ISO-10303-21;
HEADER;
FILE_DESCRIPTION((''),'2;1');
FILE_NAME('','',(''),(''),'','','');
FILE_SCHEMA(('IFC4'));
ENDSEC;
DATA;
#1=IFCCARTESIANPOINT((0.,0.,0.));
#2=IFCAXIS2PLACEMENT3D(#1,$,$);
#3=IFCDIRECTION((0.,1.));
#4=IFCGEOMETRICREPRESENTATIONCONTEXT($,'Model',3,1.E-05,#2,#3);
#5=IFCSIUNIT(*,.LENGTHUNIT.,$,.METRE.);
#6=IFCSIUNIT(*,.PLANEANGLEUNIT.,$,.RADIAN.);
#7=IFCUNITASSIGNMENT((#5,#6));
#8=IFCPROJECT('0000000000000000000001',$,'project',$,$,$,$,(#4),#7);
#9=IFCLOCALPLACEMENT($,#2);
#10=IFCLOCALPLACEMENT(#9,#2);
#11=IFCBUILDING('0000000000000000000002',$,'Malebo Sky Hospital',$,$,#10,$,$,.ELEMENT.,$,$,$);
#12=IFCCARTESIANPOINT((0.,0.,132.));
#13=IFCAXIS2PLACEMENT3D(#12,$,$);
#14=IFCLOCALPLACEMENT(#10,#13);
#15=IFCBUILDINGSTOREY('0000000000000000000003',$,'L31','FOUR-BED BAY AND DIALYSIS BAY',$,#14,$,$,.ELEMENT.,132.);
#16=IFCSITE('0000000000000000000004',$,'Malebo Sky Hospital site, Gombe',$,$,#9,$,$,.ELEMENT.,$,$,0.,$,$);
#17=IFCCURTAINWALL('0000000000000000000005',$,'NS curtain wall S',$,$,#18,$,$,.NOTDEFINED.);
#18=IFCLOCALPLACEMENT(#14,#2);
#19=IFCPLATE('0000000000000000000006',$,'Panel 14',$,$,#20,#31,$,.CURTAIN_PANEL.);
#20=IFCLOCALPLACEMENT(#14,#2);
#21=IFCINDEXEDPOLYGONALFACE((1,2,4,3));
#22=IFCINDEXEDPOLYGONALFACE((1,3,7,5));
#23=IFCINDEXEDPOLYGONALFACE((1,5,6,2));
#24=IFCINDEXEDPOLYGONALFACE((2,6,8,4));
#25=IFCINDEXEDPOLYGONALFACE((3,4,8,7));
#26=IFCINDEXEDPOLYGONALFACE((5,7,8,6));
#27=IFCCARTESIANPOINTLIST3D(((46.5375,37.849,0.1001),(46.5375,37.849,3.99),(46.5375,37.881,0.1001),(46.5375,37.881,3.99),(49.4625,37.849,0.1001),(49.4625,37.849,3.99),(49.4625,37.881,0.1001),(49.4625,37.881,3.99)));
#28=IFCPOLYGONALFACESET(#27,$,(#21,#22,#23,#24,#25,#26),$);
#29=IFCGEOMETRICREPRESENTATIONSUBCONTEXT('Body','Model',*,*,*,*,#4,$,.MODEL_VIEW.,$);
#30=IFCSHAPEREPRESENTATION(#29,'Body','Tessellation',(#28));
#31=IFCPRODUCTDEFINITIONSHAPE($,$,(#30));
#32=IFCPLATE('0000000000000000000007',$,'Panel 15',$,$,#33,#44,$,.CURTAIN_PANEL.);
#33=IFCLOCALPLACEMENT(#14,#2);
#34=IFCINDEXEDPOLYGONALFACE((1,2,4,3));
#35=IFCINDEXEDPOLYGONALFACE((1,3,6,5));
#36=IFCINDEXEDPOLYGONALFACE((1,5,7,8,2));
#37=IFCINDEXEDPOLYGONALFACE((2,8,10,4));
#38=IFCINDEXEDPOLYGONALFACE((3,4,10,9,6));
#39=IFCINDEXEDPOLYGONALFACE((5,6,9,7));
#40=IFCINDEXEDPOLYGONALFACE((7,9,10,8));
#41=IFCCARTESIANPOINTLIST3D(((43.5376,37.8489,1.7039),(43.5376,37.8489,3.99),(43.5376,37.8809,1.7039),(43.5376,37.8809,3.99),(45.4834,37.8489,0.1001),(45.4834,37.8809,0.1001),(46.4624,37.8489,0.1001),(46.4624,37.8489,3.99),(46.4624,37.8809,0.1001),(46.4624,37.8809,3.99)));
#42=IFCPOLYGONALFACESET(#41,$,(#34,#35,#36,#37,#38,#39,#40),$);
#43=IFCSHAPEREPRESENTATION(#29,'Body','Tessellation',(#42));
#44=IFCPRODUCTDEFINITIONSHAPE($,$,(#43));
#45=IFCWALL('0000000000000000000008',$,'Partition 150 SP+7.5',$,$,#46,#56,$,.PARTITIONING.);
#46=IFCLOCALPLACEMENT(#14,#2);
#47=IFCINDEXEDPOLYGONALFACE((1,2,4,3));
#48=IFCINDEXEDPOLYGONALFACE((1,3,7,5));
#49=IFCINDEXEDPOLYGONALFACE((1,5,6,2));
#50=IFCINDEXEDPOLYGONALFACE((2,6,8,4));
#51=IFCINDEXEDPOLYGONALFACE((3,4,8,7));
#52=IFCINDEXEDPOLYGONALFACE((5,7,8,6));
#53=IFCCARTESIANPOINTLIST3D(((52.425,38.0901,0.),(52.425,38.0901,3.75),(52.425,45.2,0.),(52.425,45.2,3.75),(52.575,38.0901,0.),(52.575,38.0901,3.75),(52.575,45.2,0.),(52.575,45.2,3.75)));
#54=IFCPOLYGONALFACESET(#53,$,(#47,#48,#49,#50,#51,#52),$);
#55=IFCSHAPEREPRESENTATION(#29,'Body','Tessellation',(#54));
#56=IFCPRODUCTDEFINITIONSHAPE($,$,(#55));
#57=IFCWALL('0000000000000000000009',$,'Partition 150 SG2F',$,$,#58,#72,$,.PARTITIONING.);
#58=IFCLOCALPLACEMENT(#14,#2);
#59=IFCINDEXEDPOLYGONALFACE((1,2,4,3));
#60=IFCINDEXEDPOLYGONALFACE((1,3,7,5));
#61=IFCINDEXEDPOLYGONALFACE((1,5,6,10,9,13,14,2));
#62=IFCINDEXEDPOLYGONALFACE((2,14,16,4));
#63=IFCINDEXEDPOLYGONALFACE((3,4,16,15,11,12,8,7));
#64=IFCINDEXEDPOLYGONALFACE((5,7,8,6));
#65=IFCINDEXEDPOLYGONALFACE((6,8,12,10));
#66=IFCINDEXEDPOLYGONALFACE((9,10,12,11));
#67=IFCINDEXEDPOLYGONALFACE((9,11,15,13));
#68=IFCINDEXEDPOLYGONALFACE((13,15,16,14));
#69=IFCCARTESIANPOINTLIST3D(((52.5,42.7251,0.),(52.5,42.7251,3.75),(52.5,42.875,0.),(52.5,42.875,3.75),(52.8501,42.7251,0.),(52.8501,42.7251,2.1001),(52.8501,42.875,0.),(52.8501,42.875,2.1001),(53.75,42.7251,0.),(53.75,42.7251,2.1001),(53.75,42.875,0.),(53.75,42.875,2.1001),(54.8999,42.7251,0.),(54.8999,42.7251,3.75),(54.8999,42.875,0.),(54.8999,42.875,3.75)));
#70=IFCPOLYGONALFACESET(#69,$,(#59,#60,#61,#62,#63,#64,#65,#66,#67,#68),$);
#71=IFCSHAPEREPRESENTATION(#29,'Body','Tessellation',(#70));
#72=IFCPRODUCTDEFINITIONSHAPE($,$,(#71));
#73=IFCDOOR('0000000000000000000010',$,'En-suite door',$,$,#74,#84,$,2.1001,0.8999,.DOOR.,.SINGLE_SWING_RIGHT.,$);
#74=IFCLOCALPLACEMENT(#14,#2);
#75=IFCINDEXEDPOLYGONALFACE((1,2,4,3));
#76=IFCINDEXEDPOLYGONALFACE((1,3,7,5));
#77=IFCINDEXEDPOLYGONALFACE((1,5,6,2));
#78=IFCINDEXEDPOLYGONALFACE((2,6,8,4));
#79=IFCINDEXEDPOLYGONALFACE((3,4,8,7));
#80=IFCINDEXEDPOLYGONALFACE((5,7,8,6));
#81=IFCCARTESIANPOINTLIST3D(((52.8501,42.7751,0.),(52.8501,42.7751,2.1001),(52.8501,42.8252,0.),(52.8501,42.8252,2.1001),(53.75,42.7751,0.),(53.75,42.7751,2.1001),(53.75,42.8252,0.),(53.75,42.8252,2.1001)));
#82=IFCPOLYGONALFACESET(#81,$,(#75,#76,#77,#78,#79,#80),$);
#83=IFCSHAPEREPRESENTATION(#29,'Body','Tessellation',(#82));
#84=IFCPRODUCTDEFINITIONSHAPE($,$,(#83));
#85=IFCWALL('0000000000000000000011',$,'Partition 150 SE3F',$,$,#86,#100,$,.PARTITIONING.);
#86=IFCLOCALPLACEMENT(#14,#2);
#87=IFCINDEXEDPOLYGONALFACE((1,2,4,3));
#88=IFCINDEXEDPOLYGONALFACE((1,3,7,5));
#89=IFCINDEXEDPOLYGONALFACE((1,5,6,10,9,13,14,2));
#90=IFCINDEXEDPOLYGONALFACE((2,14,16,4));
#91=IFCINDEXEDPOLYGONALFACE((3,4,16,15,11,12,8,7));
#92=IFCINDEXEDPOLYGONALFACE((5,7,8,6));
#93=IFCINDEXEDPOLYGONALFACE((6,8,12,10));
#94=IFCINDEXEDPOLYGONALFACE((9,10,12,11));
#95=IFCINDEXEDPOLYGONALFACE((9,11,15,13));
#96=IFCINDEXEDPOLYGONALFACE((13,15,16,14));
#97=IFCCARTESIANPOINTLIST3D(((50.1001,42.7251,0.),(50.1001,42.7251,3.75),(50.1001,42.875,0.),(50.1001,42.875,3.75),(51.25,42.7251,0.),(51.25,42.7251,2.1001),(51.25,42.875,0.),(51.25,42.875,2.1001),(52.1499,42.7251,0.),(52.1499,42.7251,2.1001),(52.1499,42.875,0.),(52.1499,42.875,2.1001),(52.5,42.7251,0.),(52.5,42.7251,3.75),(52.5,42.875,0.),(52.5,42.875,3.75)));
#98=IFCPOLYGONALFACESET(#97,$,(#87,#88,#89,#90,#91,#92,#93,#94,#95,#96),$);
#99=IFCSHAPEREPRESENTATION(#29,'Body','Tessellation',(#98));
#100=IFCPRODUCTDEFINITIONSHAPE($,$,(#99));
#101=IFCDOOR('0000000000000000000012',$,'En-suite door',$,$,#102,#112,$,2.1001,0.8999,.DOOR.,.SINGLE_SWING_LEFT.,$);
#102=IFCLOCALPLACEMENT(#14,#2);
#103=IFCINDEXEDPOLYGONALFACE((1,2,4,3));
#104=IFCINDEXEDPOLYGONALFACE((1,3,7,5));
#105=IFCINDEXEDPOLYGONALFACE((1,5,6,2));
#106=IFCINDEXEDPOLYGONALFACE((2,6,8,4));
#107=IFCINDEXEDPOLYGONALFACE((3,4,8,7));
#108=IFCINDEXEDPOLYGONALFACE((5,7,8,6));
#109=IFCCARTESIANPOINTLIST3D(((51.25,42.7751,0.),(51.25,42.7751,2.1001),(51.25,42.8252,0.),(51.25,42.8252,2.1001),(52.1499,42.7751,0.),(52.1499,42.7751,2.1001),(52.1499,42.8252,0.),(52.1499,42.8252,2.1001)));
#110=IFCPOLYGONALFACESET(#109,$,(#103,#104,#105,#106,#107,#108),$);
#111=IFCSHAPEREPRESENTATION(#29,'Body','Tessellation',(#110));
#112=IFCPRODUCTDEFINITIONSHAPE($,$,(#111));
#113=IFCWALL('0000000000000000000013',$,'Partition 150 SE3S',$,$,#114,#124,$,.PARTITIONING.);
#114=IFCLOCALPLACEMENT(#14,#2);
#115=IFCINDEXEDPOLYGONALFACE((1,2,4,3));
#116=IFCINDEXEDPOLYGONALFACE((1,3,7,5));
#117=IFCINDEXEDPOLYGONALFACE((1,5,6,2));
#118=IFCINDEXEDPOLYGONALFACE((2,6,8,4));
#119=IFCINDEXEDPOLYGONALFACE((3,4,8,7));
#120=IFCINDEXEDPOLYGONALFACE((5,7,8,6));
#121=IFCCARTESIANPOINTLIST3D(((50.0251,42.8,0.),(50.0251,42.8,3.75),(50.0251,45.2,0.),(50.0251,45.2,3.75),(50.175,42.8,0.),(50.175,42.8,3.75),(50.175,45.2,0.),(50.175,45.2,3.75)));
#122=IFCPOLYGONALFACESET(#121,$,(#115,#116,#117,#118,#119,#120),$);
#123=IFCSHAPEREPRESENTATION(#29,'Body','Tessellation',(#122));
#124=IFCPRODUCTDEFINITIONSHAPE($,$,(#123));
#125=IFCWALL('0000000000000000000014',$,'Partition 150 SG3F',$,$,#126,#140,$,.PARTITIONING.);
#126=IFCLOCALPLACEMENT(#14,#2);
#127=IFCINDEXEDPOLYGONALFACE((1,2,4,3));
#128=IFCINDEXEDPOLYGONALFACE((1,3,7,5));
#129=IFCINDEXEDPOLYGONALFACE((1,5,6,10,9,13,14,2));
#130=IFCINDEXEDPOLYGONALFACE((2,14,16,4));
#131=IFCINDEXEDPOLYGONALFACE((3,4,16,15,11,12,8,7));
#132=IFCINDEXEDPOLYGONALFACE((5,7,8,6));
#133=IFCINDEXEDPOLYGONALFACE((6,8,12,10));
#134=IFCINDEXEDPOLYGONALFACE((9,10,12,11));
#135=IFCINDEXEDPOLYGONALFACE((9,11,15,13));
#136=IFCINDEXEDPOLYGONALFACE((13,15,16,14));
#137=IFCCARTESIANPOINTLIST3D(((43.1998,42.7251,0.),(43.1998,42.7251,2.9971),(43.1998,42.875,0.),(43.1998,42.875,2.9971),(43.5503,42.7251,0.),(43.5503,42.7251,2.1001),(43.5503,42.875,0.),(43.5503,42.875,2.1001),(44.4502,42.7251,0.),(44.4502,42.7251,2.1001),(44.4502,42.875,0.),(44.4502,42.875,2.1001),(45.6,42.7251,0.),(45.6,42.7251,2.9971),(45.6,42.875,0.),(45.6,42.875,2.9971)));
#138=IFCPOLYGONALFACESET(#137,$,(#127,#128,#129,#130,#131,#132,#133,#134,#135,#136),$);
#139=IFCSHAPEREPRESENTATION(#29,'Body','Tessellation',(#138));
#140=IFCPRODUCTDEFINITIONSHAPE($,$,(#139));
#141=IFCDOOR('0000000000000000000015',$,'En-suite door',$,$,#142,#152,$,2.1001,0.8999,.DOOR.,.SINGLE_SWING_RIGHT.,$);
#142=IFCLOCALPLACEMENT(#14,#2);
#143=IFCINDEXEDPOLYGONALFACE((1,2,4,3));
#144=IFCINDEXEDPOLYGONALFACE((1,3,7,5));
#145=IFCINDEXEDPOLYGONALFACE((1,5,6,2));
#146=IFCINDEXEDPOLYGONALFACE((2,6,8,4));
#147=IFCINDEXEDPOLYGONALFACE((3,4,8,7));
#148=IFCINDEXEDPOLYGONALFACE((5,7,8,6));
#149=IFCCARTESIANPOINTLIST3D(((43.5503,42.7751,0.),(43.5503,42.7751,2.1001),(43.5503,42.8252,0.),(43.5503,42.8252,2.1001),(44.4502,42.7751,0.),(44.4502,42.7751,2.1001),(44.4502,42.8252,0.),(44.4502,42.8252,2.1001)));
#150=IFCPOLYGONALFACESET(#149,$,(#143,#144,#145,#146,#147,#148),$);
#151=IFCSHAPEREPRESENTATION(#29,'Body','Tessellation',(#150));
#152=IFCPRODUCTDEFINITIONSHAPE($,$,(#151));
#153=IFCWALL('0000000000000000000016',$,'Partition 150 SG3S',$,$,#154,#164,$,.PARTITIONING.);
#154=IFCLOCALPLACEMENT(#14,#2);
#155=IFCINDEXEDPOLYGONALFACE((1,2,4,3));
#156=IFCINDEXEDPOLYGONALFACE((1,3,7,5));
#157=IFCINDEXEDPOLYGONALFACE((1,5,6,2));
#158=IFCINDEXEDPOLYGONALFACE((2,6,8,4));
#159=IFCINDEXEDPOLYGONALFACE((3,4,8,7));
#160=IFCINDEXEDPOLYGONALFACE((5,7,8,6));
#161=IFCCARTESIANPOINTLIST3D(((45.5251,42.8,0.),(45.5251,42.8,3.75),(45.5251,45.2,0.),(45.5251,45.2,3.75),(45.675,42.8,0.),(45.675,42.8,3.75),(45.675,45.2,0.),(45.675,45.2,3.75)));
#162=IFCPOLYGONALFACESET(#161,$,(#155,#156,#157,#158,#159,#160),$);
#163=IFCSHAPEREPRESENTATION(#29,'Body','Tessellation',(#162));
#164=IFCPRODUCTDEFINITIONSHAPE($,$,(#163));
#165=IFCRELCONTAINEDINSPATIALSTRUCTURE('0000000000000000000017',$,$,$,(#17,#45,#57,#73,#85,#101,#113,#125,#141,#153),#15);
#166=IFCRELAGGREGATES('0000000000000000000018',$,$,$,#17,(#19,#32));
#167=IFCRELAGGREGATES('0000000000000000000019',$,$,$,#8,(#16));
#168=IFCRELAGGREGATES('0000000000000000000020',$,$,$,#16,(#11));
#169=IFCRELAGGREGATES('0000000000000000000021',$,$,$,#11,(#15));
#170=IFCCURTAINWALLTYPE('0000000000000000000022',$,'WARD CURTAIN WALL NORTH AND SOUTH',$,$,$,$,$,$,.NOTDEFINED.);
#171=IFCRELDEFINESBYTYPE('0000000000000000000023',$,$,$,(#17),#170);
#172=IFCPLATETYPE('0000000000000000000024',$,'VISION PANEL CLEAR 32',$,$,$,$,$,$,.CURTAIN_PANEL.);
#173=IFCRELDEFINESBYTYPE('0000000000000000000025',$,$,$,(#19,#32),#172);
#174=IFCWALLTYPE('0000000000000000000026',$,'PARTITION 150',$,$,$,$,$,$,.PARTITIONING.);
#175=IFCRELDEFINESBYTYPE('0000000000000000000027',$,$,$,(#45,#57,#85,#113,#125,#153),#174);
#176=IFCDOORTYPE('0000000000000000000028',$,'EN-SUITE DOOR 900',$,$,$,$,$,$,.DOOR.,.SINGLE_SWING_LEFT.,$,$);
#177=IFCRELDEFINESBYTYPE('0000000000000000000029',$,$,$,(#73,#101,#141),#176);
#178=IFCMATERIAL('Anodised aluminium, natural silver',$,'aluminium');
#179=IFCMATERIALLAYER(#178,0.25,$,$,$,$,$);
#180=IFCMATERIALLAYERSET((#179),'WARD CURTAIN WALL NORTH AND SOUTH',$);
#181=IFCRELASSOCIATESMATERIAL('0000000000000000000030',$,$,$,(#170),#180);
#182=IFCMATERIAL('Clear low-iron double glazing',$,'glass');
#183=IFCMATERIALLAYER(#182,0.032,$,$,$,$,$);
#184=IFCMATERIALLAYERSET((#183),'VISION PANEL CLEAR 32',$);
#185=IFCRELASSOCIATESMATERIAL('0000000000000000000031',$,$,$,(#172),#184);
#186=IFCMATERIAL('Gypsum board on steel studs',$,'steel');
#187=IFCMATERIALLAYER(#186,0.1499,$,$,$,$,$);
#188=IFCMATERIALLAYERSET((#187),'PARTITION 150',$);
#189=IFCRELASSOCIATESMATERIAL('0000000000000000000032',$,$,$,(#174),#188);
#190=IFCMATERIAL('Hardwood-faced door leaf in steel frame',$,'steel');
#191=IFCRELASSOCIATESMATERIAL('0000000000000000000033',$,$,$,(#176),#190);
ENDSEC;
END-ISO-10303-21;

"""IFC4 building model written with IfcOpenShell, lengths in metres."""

from ifc_helpers import new_model, si_unit, direction, frame, frame_2d, origin, origin_2d, place, context, subcontext, project, spatial, polyline, rectangle, outline, extrude, material, layer, layer_set, type_object, element, fill, aggregate, save


model = new_model("IFC4")

# Units and contexts
model_context = context("Model", 3, precision=1e-05, world=origin(), true_north=direction((0.0, 1.0)))
body_context = subcontext(model_context, "Body", "Model", "MODEL_VIEW")
ifc_project = project(units=[si_unit("LENGTHUNIT", "METRE"), si_unit("PLANEANGLEUNIT", "RADIAN")], contexts=[model_context])

# Site, building, storey
site_placement = place(None, origin())
site = spatial("IfcSite", under=ifc_project, at=site_placement, Name="Malebo Sky Hospital site, Gombe", CompositionType="ELEMENT", RefElevation=0.0)
building_placement = place(site_placement, origin())
building = spatial("IfcBuilding", under=site, at=building_placement, Name="Malebo Sky Hospital", CompositionType="ELEMENT")
storey_placement = place(building_placement, frame((0.0, 0.0, 132.0)))
storey = spatial("IfcBuildingStorey", under=building, at=storey_placement, Name="L31", Description="FOUR-BED BAY AND DIALYSIS BAY", CompositionType="ELEMENT", Elevation=132.0)

# Curtain wall
ifc_material_1 = material(Name="Anodised aluminium, natural silver", Category="aluminium")
ifc_layer_1 = layer(ifc_material_1, 0.25)
ifc_layer_set_1 = layer_set([ifc_layer_1], Name="WARD CURTAIN WALL NORTH AND SOUTH")
curtain_wall_type = type_object("IfcCurtainWallType", Name="WARD CURTAIN WALL NORTH AND SOUTH", PredefinedType="NOTDEFINED", material=ifc_layer_set_1)
curtain_wall_placement = place(storey_placement, origin())
curtain_wall = element("IfcCurtainWall", 1, at=curtain_wall_placement, inside=storey, type_object=curtain_wall_type, Name="NS curtain wall S", PredefinedType="NOTDEFINED")

# Plates
ifc_material_2 = material(Name="Clear low-iron double glazing", Category="glass")
ifc_layer_2 = layer(ifc_material_2, 0.032)
ifc_layer_set_2 = layer_set([ifc_layer_2], Name="VISION PANEL CLEAR 32")
plate_type = type_object("IfcPlateType", Name="VISION PANEL CLEAR 32", PredefinedType="CURTAIN_PANEL", material=ifc_layer_set_2)
plate_1_placement = place(storey_placement, frame((48.0, 37.865, 0.1001), z_axis=(0.0, 0.0, 1.0), x_axis=(-1.0, 0.0, 0.0)))
plate_1 = element("IfcPlate", 2, at=plate_1_placement, type_object=plate_type, Name="Panel 14", PredefinedType="CURTAIN_PANEL", context=body_context, shape_type="SweptSolid", body=[
    extrude(rectangle(XDim=2.925, YDim=0.032, at=origin_2d()), origin(), (0.0, 0.0, 1.0), 3.8899),
])
plate_2_placement = place(storey_placement, frame((45.0, 37.865, 0.1001), z_axis=(0.0, 0.0, 1.0), x_axis=(-1.0, 0.0, 0.0)))
plate_2 = element("IfcPlate", 3, at=plate_2_placement, type_object=plate_type, Name="Panel 15", PredefinedType="CURTAIN_PANEL", context=body_context, shape_type="SweptSolid", body=[
    extrude(outline(polyline([(-1.4624, 0.0), (-0.4834, 0.0), (1.4624, 1.6038), (1.4624, 3.8899), (-1.4624, 3.8899), (-1.4624, 0.0)])), frame((0.0, 0.0161, 0.0), z_axis=(0.0, -1.0, 0.0), x_axis=(1.0, 0.0, 0.0)), (0.0, 0.0, 1.0), 0.032),
])
aggregate(curtain_wall, [plate_1, plate_2])

# Wall
ifc_material_3 = material(Name="Gypsum board on steel studs", Category="steel")
ifc_layer_3 = layer(ifc_material_3, 0.1499)
ifc_layer_set_3 = layer_set([ifc_layer_3], Name="PARTITION 150")
wall_type = type_object("IfcWallType", Name="PARTITION 150", PredefinedType="PARTITIONING", material=ifc_layer_set_3)
wall_1_placement = place(storey_placement, frame((52.5, 45.2, 0.0), z_axis=(0.0, 0.0, 1.0), x_axis=(0.0, -1.0, 0.0)))
element("IfcWall", 4, at=wall_1_placement, inside=storey, type_object=wall_type, Name="Partition 150 SP+7.5", PredefinedType="PARTITIONING", context=body_context, shape_type="SweptSolid", body=[
    extrude(rectangle(XDim=7.1099, YDim=0.1499, at=frame_2d((3.5549, 0.0))), origin(), (0.0, 0.0, 1.0), 3.75),
])

# Walls, openings, doors
wall_2_placement = place(storey_placement, frame((54.8999, 42.8, 0.0), z_axis=(0.0, 0.0, 1.0), x_axis=(-1.0, 0.0, 0.0)))
wall_2 = element("IfcWall", 5, at=wall_2_placement, inside=storey, type_object=wall_type, Name="Partition 150 SG2F", PredefinedType="PARTITIONING", context=body_context, shape_type="SweptSolid", body=[
    extrude(rectangle(XDim=2.3999, YDim=0.1499, at=frame_2d((1.2, 0.0))), origin(), (0.0, 0.0, 1.0), 3.75),
])
opening_1_placement = place(wall_2_placement, frame((1.1499, 0.0, 0.0)))
opening_1 = element("IfcOpeningElement", 6, at=opening_1_placement, cuts=wall_2, PredefinedType="OPENING", context=body_context, shape_type="SweptSolid", body=[
    extrude(rectangle(XDim=0.8999, YDim=2.1001, at=frame_2d((0.45, 1.05))), frame((0.0, 0.085, 0.0), z_axis=(0.0, -1.0, 0.0), x_axis=(1.0, 0.0, 0.0)), (0.0, 0.0, 1.0), 0.1699),
])
ifc_material_4 = material(Name="Hardwood-faced door leaf in steel frame", Category="steel")
door_type = type_object("IfcDoorType", Name="EN-SUITE DOOR 900", OperationType="SINGLE_SWING_LEFT", PredefinedType="DOOR", material=ifc_material_4)
door_1_placement = place(opening_1_placement, origin())
door_1 = element("IfcDoor", 7, at=door_1_placement, inside=storey, type_object=door_type, Name="En-suite door", OperationType="SINGLE_SWING_RIGHT", OverallHeight=2.1001, OverallWidth=0.8999, PredefinedType="DOOR", context=body_context, shape_type="SweptSolid", body=[
    extrude(rectangle(XDim=0.8999, YDim=2.1001, at=frame_2d((0.45, 1.05))), frame((0.0, 0.0249, 0.0), z_axis=(0.0, -1.0, 0.0), x_axis=(1.0, 0.0, 0.0)), (0.0, 0.0, 1.0), 0.05),
])
fill(opening_1, door_1)
wall_3_placement = place(storey_placement, frame((52.5, 42.8, 0.0), z_axis=(0.0, 0.0, 1.0), x_axis=(-1.0, 0.0, 0.0)))
wall_3 = element("IfcWall", 8, at=wall_3_placement, inside=storey, type_object=wall_type, Name="Partition 150 SE3F", PredefinedType="PARTITIONING", context=body_context, shape_type="SweptSolid", body=[
    extrude(rectangle(XDim=2.3999, YDim=0.1499, at=frame_2d((1.2, 0.0))), origin(), (0.0, 0.0, 1.0), 3.75),
])
opening_2_placement = place(wall_3_placement, frame((0.3501, 0.0, 0.0)))
opening_2 = element("IfcOpeningElement", 9, at=opening_2_placement, cuts=wall_3, PredefinedType="OPENING", context=body_context, shape_type="SweptSolid", body=[
    extrude(rectangle(XDim=0.8999, YDim=2.1001, at=frame_2d((0.45, 1.05))), frame((0.0, 0.085, 0.0), z_axis=(0.0, -1.0, 0.0), x_axis=(1.0, 0.0, 0.0)), (0.0, 0.0, 1.0), 0.1699),
])
door_2_placement = place(opening_2_placement, origin())
door_2 = element("IfcDoor", 10, at=door_2_placement, inside=storey, type_object=door_type, Name="En-suite door", OperationType="SINGLE_SWING_LEFT", OverallHeight=2.1001, OverallWidth=0.8999, PredefinedType="DOOR", context=body_context, shape_type="SweptSolid", body=[
    extrude(rectangle(XDim=0.8999, YDim=2.1001, at=frame_2d((0.45, 1.05))), frame((0.0, 0.0249, 0.0), z_axis=(0.0, -1.0, 0.0), x_axis=(1.0, 0.0, 0.0)), (0.0, 0.0, 1.0), 0.05),
])
fill(opening_2, door_2)

# Wall
wall_4_placement = place(storey_placement, frame((50.1001, 45.2, 0.0), z_axis=(0.0, 0.0, 1.0), x_axis=(0.0, -1.0, 0.0)))
element("IfcWall", 11, at=wall_4_placement, inside=storey, type_object=wall_type, Name="Partition 150 SE3S", PredefinedType="PARTITIONING", context=body_context, shape_type="SweptSolid", body=[
    extrude(rectangle(XDim=2.3999, YDim=0.1499, at=frame_2d((1.2, 0.0))), origin(), (0.0, 0.0, 1.0), 3.75),
])

# Wall, opening, door
wall_5_placement = place(storey_placement, frame((45.6001, 42.8, 0.0), z_axis=(0.0, 0.0, 1.0), x_axis=(-1.0, 0.0, 0.0)))
wall_5 = element("IfcWall", 12, at=wall_5_placement, inside=storey, type_object=wall_type, Name="Partition 150 SG3F", PredefinedType="PARTITIONING", context=body_context, shape_type="SweptSolid", body=[
    extrude(rectangle(XDim=2.4001, YDim=0.1499, at=frame_2d((1.2002, 0.0))), origin(), (0.0, 0.0, 1.0), 2.9971),
])
opening_3_placement = place(wall_5_placement, frame((1.1499, 0.0, 0.0)))
opening_3 = element("IfcOpeningElement", 13, at=opening_3_placement, cuts=wall_5, PredefinedType="OPENING", context=body_context, shape_type="SweptSolid", body=[
    extrude(rectangle(XDim=0.8999, YDim=2.1001, at=frame_2d((0.45, 1.05))), frame((0.0, 0.085, 0.0), z_axis=(0.0, -1.0, 0.0), x_axis=(1.0, 0.0, 0.0)), (0.0, 0.0, 1.0), 0.1699),
])
door_3_placement = place(opening_3_placement, origin())
door_3 = element("IfcDoor", 14, at=door_3_placement, inside=storey, type_object=door_type, Name="En-suite door", OperationType="SINGLE_SWING_RIGHT", OverallHeight=2.1001, OverallWidth=0.8999, PredefinedType="DOOR", context=body_context, shape_type="SweptSolid", body=[
    extrude(rectangle(XDim=0.8999, YDim=2.1001, at=frame_2d((0.45, 1.05))), frame((0.0, 0.0249, 0.0), z_axis=(0.0, -1.0, 0.0), x_axis=(1.0, 0.0, 0.0)), (0.0, 0.0, 1.0), 0.05),
])
fill(opening_3, door_3)

# Wall
wall_6_placement = place(storey_placement, frame((45.6001, 45.2, 0.0), z_axis=(0.0, 0.0, 1.0), x_axis=(0.0, -1.0, 0.0)))
element("IfcWall", 15, at=wall_6_placement, inside=storey, type_object=wall_type, Name="Partition 150 SG3S", PredefinedType="PARTITIONING", context=body_context, shape_type="SweptSolid", body=[
    extrude(rectangle(XDim=2.3999, YDim=0.1499, at=frame_2d((1.2, 0.0))), origin(), (0.0, 0.0, 1.0), 3.75),
])

save(model, "model.ifc")
